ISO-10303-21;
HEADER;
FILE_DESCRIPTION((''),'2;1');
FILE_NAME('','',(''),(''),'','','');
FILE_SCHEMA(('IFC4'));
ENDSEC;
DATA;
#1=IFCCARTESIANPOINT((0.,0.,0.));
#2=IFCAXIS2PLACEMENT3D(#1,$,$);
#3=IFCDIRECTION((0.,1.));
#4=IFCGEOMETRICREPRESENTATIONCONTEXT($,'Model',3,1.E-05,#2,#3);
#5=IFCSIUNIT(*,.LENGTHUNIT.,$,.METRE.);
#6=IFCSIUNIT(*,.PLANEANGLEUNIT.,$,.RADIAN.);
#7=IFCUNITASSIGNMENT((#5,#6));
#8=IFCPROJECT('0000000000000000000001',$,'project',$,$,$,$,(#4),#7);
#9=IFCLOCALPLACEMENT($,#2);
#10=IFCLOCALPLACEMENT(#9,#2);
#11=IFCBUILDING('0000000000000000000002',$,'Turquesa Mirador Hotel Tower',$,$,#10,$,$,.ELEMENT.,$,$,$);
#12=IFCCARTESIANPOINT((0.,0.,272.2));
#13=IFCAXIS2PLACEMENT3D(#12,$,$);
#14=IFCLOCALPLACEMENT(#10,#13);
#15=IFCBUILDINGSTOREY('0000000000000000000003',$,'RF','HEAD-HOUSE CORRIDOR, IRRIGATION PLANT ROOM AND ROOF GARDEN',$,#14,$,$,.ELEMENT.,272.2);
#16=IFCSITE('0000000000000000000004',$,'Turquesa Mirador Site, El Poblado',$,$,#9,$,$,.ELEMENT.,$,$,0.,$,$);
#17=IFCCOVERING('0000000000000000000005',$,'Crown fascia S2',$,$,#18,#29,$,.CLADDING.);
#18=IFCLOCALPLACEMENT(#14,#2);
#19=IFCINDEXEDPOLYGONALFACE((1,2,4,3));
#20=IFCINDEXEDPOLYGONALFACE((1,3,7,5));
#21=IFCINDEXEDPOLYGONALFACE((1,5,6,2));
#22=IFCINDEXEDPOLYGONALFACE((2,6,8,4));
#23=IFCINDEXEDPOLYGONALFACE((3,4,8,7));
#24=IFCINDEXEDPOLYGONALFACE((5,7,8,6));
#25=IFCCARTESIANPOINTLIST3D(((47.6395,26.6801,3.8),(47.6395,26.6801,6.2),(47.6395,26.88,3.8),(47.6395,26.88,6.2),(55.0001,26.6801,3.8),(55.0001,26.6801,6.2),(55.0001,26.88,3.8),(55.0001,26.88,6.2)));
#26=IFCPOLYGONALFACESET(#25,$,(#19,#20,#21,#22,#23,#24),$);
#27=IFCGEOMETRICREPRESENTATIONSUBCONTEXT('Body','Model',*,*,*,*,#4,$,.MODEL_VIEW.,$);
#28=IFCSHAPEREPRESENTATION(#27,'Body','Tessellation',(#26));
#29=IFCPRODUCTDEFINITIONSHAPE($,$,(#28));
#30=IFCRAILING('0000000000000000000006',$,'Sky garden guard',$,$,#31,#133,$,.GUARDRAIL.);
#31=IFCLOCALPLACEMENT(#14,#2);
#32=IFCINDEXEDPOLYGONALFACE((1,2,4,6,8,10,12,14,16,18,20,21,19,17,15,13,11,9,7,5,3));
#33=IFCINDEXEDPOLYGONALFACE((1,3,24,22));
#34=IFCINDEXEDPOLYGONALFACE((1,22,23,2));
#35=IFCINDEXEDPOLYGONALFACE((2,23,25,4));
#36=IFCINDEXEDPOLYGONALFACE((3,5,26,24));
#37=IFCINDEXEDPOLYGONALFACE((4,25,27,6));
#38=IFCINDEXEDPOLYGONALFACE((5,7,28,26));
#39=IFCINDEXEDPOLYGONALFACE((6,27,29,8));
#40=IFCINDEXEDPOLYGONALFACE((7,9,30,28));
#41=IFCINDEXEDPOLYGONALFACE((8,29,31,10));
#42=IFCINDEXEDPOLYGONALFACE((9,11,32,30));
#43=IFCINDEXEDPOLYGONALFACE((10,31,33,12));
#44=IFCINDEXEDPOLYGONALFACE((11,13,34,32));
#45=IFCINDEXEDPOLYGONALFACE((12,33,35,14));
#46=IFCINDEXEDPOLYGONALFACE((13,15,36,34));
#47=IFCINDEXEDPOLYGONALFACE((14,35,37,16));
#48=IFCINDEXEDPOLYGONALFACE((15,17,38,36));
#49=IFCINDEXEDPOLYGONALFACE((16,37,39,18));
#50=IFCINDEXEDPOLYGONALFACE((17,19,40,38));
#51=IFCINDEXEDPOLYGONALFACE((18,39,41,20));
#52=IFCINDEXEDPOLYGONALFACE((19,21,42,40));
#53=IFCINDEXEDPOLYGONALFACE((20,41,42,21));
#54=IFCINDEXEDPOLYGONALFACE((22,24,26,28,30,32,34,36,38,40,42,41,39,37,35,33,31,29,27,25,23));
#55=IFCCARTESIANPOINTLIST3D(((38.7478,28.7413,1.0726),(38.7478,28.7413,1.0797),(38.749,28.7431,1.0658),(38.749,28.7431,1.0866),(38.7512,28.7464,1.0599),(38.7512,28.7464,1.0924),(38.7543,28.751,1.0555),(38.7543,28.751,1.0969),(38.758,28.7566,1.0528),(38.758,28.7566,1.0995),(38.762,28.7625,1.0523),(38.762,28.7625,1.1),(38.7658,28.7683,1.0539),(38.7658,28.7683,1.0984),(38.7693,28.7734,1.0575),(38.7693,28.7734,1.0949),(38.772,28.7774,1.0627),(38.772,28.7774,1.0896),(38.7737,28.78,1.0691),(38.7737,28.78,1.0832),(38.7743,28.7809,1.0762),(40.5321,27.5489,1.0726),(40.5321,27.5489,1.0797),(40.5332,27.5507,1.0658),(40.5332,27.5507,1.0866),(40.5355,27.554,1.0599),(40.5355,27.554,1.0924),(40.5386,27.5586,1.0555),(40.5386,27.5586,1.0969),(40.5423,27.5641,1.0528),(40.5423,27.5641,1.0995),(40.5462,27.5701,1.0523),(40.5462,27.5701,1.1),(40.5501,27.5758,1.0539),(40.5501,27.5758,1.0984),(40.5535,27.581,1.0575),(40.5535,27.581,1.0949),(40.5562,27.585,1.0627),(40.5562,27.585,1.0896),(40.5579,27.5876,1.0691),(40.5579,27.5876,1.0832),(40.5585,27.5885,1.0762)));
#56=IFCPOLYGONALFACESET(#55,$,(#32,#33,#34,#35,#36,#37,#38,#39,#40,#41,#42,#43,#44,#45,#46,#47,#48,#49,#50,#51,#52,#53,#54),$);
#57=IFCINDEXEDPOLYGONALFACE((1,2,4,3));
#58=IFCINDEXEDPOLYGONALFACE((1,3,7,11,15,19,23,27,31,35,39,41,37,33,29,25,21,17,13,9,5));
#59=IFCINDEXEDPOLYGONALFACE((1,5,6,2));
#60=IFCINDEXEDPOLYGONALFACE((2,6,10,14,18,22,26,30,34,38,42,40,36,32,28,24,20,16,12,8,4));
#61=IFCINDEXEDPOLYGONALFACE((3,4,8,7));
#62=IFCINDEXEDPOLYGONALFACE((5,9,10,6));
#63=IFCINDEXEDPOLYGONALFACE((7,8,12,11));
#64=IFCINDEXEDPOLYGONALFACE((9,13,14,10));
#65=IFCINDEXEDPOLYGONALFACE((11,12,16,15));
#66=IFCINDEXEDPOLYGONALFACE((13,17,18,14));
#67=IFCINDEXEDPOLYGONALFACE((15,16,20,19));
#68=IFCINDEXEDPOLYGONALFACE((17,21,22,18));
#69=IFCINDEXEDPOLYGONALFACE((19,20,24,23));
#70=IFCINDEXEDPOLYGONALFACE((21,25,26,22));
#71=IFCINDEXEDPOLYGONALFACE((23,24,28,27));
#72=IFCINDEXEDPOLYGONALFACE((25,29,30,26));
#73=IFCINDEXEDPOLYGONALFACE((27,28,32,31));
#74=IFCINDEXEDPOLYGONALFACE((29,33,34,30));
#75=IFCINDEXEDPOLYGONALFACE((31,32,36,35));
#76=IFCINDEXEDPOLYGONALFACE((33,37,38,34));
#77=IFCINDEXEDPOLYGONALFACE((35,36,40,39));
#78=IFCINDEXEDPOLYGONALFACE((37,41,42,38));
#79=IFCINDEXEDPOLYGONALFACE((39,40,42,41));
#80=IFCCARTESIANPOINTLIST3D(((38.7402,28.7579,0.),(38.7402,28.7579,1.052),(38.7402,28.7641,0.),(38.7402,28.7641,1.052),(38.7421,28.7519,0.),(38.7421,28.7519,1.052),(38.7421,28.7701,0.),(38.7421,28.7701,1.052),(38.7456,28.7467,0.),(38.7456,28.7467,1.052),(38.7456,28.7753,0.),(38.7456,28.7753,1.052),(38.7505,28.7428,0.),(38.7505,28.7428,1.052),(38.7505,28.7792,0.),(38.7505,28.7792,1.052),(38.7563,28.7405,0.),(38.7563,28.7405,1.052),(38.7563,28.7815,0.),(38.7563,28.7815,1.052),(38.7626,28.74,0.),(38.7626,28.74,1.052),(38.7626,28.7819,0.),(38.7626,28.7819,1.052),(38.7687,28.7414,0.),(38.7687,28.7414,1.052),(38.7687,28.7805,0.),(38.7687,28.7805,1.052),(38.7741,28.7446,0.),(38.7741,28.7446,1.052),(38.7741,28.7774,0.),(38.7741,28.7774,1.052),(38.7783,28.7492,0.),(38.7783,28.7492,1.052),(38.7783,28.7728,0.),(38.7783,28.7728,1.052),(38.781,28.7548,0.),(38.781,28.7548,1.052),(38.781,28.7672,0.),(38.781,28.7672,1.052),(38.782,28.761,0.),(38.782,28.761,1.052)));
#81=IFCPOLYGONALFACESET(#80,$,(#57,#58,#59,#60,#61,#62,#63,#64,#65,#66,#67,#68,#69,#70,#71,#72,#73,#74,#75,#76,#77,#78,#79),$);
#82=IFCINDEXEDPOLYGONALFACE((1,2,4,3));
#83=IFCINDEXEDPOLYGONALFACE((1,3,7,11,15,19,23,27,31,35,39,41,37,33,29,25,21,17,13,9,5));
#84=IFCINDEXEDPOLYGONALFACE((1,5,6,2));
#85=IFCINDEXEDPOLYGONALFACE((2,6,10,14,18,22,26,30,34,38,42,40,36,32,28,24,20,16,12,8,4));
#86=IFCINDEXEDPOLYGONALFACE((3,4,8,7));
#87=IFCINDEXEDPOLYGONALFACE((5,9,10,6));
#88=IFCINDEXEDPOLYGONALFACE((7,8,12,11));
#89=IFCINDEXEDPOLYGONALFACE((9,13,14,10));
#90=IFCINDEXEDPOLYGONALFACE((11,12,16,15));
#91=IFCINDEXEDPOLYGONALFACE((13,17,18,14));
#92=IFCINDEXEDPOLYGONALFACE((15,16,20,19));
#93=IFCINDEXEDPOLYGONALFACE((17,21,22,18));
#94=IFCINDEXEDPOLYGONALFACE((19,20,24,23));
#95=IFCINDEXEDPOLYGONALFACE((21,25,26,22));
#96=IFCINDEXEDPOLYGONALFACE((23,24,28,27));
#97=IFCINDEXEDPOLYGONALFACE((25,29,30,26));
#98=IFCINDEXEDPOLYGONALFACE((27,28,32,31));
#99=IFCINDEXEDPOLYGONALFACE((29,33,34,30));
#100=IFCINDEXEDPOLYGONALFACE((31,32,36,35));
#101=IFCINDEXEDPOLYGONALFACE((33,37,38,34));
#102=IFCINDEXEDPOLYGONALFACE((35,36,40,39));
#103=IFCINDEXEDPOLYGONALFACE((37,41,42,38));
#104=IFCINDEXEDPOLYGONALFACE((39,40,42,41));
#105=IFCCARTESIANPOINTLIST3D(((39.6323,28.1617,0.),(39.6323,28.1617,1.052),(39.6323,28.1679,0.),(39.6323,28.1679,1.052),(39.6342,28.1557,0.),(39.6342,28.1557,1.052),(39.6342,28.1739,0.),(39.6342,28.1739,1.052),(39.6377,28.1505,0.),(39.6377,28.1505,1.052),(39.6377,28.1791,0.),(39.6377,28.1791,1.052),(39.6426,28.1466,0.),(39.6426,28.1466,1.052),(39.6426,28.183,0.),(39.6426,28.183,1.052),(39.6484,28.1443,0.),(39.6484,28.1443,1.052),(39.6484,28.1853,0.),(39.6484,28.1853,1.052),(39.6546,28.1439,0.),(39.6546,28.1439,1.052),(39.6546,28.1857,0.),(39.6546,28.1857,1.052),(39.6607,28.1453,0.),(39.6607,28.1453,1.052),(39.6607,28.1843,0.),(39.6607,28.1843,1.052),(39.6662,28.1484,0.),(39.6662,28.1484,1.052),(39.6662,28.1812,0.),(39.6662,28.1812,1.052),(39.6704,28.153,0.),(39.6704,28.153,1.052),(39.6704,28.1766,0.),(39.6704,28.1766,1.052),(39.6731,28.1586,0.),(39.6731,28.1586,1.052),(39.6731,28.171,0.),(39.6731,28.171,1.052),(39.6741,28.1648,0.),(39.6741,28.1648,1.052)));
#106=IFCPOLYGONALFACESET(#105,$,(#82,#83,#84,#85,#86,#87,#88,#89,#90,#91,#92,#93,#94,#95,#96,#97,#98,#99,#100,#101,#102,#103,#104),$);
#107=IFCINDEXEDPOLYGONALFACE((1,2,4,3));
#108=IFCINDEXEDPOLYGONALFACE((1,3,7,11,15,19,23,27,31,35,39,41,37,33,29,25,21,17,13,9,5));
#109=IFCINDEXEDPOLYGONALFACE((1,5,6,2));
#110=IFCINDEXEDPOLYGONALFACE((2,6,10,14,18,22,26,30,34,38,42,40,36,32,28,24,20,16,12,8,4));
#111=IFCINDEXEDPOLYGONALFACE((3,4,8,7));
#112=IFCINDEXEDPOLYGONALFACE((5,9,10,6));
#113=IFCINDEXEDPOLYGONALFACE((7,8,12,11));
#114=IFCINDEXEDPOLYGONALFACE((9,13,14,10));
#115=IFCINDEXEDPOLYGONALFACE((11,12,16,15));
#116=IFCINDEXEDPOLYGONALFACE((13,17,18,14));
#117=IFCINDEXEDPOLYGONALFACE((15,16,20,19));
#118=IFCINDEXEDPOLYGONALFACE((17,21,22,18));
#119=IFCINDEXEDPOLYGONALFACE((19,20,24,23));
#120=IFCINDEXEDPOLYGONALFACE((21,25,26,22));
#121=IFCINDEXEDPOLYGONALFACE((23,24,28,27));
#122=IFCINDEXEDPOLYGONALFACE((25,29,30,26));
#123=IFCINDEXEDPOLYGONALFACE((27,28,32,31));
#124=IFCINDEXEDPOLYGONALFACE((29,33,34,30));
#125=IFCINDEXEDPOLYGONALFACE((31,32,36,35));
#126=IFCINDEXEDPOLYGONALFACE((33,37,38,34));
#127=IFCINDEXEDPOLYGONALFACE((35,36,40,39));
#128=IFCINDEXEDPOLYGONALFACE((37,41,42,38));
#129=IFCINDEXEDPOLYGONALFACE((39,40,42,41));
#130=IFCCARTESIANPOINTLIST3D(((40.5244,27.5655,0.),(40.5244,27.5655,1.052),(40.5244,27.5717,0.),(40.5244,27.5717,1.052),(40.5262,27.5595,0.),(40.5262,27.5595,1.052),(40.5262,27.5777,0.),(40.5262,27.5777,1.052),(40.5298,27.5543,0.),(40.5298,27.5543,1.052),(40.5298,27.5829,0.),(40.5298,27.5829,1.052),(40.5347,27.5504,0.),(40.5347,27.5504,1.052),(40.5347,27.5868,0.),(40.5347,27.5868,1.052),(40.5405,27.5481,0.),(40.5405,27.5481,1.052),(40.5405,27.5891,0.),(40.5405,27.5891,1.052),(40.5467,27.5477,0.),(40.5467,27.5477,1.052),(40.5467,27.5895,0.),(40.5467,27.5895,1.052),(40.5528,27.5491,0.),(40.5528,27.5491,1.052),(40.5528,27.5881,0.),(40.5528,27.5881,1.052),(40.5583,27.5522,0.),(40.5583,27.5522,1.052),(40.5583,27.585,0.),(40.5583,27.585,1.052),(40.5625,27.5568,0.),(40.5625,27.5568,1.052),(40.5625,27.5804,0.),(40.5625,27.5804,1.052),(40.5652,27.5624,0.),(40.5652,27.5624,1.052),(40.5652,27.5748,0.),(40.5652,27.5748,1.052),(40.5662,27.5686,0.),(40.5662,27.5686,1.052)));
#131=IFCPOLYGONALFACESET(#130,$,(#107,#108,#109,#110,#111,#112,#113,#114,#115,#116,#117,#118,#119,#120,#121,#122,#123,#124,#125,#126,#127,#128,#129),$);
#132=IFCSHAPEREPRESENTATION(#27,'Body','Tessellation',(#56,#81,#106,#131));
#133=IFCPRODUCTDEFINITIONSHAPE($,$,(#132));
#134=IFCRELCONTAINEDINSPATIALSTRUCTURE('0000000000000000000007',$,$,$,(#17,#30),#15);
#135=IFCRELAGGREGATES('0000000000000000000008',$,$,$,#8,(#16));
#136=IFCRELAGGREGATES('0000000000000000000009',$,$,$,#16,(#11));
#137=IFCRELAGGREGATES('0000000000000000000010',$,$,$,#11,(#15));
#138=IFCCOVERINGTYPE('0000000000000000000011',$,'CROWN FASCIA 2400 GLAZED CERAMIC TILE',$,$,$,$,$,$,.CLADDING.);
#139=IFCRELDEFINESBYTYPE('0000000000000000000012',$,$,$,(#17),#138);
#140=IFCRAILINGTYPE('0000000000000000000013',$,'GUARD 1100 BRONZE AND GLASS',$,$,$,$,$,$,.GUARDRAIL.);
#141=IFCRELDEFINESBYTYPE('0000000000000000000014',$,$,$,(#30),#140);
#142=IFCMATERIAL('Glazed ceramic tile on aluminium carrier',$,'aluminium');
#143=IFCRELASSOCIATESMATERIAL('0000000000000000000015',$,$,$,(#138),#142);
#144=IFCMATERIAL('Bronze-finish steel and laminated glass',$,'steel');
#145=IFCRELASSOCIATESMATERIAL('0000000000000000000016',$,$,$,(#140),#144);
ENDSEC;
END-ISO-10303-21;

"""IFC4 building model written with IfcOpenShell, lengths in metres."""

from ifc_helpers import new_model, si_unit, direction, frame, origin, origin_2d, place, context, subcontext, project, spatial, rectangle, circle, extrude, material, type_object, element, save


model = new_model("IFC4")

# Units and contexts
model_context = context("Model", 3, precision=1e-05, world=origin(), true_north=direction((0.0, 1.0)))
body_context = subcontext(model_context, "Body", "Model", "MODEL_VIEW")
ifc_project = project(units=[si_unit("LENGTHUNIT", "METRE"), si_unit("PLANEANGLEUNIT", "RADIAN")], contexts=[model_context])

# Site, building, storey
site_placement = place(None, origin())
site = spatial("IfcSite", under=ifc_project, at=site_placement, Name="Turquesa Mirador Site, El Poblado", CompositionType="ELEMENT", RefElevation=0.0)
building_placement = place(site_placement, origin())
building = spatial("IfcBuilding", under=site, at=building_placement, Name="Turquesa Mirador Hotel Tower", CompositionType="ELEMENT")
storey_placement = place(building_placement, frame((0.0, 0.0, 272.2)))
storey = spatial("IfcBuildingStorey", under=building, at=storey_placement, Name="RF", Description="HEAD-HOUSE CORRIDOR, IRRIGATION PLANT ROOM AND ROOF GARDEN", CompositionType="ELEMENT", Elevation=272.2)

# Covering
ifc_material_1 = material(Name="Glazed ceramic tile on aluminium carrier", Category="aluminium")
covering_type_1 = type_object("IfcCoveringType", Name="CROWN FASCIA 2400 GLAZED CERAMIC TILE", PredefinedType="CLADDING", material=ifc_material_1)
covering_1_placement = place(storey_placement, frame((51.3198, 26.78, 3.8), z_axis=(0.0, 0.0, 1.0), x_axis=(1.0, 0.0, 0.0)))
element("IfcCovering", 1, at=covering_1_placement, inside=storey, type_object=covering_type_1, Name="Crown fascia S2", PredefinedType="CLADDING", context=body_context, shape_type="SweptSolid", body=[
    extrude(rectangle(XDim=7.3606, YDim=0.2, at=origin_2d()), origin(), (0.0, 0.0, 1.0), 2.3999),
])

# Railing
ifc_material_2 = material(Name="Bronze-finish steel and laminated glass", Category="steel")
railing_type = type_object("IfcRailingType", Name="GUARD 1100 BRONZE AND GLASS", PredefinedType="GUARDRAIL", material=ifc_material_2)
railing_1_placement = place(storey_placement, frame((38.761, 28.761, 0.0)))
element("IfcRailing", 2, at=railing_1_placement, inside=storey, type_object=railing_type, Name="Sky garden guard", PredefinedType="GUARDRAIL", context=body_context, shape_type="SweptSolid", body=[
    extrude(circle(Radius=0.0239, at=origin_2d()), frame((0.0, 0.0, 1.0762), z_axis=(0.83142, -0.555645, 0.0), x_axis=(0.555645, 0.83142, 0.0)), (0.0, 0.0, 1.0), 2.146),
    extrude(circle(Radius=0.021, at=origin_2d()), origin(), (0.0, 0.0, 1.0), 1.052),
    extrude(circle(Radius=0.021, at=origin_2d()), frame((0.8921, -0.5962, 0.0)), (0.0, 0.0, 1.0), 1.052),
    extrude(circle(Radius=0.021, at=origin_2d()), frame((1.7842, -1.1924, 0.0)), (0.0, 0.0, 1.0), 1.052),
])

save(model, "model.ifc")
